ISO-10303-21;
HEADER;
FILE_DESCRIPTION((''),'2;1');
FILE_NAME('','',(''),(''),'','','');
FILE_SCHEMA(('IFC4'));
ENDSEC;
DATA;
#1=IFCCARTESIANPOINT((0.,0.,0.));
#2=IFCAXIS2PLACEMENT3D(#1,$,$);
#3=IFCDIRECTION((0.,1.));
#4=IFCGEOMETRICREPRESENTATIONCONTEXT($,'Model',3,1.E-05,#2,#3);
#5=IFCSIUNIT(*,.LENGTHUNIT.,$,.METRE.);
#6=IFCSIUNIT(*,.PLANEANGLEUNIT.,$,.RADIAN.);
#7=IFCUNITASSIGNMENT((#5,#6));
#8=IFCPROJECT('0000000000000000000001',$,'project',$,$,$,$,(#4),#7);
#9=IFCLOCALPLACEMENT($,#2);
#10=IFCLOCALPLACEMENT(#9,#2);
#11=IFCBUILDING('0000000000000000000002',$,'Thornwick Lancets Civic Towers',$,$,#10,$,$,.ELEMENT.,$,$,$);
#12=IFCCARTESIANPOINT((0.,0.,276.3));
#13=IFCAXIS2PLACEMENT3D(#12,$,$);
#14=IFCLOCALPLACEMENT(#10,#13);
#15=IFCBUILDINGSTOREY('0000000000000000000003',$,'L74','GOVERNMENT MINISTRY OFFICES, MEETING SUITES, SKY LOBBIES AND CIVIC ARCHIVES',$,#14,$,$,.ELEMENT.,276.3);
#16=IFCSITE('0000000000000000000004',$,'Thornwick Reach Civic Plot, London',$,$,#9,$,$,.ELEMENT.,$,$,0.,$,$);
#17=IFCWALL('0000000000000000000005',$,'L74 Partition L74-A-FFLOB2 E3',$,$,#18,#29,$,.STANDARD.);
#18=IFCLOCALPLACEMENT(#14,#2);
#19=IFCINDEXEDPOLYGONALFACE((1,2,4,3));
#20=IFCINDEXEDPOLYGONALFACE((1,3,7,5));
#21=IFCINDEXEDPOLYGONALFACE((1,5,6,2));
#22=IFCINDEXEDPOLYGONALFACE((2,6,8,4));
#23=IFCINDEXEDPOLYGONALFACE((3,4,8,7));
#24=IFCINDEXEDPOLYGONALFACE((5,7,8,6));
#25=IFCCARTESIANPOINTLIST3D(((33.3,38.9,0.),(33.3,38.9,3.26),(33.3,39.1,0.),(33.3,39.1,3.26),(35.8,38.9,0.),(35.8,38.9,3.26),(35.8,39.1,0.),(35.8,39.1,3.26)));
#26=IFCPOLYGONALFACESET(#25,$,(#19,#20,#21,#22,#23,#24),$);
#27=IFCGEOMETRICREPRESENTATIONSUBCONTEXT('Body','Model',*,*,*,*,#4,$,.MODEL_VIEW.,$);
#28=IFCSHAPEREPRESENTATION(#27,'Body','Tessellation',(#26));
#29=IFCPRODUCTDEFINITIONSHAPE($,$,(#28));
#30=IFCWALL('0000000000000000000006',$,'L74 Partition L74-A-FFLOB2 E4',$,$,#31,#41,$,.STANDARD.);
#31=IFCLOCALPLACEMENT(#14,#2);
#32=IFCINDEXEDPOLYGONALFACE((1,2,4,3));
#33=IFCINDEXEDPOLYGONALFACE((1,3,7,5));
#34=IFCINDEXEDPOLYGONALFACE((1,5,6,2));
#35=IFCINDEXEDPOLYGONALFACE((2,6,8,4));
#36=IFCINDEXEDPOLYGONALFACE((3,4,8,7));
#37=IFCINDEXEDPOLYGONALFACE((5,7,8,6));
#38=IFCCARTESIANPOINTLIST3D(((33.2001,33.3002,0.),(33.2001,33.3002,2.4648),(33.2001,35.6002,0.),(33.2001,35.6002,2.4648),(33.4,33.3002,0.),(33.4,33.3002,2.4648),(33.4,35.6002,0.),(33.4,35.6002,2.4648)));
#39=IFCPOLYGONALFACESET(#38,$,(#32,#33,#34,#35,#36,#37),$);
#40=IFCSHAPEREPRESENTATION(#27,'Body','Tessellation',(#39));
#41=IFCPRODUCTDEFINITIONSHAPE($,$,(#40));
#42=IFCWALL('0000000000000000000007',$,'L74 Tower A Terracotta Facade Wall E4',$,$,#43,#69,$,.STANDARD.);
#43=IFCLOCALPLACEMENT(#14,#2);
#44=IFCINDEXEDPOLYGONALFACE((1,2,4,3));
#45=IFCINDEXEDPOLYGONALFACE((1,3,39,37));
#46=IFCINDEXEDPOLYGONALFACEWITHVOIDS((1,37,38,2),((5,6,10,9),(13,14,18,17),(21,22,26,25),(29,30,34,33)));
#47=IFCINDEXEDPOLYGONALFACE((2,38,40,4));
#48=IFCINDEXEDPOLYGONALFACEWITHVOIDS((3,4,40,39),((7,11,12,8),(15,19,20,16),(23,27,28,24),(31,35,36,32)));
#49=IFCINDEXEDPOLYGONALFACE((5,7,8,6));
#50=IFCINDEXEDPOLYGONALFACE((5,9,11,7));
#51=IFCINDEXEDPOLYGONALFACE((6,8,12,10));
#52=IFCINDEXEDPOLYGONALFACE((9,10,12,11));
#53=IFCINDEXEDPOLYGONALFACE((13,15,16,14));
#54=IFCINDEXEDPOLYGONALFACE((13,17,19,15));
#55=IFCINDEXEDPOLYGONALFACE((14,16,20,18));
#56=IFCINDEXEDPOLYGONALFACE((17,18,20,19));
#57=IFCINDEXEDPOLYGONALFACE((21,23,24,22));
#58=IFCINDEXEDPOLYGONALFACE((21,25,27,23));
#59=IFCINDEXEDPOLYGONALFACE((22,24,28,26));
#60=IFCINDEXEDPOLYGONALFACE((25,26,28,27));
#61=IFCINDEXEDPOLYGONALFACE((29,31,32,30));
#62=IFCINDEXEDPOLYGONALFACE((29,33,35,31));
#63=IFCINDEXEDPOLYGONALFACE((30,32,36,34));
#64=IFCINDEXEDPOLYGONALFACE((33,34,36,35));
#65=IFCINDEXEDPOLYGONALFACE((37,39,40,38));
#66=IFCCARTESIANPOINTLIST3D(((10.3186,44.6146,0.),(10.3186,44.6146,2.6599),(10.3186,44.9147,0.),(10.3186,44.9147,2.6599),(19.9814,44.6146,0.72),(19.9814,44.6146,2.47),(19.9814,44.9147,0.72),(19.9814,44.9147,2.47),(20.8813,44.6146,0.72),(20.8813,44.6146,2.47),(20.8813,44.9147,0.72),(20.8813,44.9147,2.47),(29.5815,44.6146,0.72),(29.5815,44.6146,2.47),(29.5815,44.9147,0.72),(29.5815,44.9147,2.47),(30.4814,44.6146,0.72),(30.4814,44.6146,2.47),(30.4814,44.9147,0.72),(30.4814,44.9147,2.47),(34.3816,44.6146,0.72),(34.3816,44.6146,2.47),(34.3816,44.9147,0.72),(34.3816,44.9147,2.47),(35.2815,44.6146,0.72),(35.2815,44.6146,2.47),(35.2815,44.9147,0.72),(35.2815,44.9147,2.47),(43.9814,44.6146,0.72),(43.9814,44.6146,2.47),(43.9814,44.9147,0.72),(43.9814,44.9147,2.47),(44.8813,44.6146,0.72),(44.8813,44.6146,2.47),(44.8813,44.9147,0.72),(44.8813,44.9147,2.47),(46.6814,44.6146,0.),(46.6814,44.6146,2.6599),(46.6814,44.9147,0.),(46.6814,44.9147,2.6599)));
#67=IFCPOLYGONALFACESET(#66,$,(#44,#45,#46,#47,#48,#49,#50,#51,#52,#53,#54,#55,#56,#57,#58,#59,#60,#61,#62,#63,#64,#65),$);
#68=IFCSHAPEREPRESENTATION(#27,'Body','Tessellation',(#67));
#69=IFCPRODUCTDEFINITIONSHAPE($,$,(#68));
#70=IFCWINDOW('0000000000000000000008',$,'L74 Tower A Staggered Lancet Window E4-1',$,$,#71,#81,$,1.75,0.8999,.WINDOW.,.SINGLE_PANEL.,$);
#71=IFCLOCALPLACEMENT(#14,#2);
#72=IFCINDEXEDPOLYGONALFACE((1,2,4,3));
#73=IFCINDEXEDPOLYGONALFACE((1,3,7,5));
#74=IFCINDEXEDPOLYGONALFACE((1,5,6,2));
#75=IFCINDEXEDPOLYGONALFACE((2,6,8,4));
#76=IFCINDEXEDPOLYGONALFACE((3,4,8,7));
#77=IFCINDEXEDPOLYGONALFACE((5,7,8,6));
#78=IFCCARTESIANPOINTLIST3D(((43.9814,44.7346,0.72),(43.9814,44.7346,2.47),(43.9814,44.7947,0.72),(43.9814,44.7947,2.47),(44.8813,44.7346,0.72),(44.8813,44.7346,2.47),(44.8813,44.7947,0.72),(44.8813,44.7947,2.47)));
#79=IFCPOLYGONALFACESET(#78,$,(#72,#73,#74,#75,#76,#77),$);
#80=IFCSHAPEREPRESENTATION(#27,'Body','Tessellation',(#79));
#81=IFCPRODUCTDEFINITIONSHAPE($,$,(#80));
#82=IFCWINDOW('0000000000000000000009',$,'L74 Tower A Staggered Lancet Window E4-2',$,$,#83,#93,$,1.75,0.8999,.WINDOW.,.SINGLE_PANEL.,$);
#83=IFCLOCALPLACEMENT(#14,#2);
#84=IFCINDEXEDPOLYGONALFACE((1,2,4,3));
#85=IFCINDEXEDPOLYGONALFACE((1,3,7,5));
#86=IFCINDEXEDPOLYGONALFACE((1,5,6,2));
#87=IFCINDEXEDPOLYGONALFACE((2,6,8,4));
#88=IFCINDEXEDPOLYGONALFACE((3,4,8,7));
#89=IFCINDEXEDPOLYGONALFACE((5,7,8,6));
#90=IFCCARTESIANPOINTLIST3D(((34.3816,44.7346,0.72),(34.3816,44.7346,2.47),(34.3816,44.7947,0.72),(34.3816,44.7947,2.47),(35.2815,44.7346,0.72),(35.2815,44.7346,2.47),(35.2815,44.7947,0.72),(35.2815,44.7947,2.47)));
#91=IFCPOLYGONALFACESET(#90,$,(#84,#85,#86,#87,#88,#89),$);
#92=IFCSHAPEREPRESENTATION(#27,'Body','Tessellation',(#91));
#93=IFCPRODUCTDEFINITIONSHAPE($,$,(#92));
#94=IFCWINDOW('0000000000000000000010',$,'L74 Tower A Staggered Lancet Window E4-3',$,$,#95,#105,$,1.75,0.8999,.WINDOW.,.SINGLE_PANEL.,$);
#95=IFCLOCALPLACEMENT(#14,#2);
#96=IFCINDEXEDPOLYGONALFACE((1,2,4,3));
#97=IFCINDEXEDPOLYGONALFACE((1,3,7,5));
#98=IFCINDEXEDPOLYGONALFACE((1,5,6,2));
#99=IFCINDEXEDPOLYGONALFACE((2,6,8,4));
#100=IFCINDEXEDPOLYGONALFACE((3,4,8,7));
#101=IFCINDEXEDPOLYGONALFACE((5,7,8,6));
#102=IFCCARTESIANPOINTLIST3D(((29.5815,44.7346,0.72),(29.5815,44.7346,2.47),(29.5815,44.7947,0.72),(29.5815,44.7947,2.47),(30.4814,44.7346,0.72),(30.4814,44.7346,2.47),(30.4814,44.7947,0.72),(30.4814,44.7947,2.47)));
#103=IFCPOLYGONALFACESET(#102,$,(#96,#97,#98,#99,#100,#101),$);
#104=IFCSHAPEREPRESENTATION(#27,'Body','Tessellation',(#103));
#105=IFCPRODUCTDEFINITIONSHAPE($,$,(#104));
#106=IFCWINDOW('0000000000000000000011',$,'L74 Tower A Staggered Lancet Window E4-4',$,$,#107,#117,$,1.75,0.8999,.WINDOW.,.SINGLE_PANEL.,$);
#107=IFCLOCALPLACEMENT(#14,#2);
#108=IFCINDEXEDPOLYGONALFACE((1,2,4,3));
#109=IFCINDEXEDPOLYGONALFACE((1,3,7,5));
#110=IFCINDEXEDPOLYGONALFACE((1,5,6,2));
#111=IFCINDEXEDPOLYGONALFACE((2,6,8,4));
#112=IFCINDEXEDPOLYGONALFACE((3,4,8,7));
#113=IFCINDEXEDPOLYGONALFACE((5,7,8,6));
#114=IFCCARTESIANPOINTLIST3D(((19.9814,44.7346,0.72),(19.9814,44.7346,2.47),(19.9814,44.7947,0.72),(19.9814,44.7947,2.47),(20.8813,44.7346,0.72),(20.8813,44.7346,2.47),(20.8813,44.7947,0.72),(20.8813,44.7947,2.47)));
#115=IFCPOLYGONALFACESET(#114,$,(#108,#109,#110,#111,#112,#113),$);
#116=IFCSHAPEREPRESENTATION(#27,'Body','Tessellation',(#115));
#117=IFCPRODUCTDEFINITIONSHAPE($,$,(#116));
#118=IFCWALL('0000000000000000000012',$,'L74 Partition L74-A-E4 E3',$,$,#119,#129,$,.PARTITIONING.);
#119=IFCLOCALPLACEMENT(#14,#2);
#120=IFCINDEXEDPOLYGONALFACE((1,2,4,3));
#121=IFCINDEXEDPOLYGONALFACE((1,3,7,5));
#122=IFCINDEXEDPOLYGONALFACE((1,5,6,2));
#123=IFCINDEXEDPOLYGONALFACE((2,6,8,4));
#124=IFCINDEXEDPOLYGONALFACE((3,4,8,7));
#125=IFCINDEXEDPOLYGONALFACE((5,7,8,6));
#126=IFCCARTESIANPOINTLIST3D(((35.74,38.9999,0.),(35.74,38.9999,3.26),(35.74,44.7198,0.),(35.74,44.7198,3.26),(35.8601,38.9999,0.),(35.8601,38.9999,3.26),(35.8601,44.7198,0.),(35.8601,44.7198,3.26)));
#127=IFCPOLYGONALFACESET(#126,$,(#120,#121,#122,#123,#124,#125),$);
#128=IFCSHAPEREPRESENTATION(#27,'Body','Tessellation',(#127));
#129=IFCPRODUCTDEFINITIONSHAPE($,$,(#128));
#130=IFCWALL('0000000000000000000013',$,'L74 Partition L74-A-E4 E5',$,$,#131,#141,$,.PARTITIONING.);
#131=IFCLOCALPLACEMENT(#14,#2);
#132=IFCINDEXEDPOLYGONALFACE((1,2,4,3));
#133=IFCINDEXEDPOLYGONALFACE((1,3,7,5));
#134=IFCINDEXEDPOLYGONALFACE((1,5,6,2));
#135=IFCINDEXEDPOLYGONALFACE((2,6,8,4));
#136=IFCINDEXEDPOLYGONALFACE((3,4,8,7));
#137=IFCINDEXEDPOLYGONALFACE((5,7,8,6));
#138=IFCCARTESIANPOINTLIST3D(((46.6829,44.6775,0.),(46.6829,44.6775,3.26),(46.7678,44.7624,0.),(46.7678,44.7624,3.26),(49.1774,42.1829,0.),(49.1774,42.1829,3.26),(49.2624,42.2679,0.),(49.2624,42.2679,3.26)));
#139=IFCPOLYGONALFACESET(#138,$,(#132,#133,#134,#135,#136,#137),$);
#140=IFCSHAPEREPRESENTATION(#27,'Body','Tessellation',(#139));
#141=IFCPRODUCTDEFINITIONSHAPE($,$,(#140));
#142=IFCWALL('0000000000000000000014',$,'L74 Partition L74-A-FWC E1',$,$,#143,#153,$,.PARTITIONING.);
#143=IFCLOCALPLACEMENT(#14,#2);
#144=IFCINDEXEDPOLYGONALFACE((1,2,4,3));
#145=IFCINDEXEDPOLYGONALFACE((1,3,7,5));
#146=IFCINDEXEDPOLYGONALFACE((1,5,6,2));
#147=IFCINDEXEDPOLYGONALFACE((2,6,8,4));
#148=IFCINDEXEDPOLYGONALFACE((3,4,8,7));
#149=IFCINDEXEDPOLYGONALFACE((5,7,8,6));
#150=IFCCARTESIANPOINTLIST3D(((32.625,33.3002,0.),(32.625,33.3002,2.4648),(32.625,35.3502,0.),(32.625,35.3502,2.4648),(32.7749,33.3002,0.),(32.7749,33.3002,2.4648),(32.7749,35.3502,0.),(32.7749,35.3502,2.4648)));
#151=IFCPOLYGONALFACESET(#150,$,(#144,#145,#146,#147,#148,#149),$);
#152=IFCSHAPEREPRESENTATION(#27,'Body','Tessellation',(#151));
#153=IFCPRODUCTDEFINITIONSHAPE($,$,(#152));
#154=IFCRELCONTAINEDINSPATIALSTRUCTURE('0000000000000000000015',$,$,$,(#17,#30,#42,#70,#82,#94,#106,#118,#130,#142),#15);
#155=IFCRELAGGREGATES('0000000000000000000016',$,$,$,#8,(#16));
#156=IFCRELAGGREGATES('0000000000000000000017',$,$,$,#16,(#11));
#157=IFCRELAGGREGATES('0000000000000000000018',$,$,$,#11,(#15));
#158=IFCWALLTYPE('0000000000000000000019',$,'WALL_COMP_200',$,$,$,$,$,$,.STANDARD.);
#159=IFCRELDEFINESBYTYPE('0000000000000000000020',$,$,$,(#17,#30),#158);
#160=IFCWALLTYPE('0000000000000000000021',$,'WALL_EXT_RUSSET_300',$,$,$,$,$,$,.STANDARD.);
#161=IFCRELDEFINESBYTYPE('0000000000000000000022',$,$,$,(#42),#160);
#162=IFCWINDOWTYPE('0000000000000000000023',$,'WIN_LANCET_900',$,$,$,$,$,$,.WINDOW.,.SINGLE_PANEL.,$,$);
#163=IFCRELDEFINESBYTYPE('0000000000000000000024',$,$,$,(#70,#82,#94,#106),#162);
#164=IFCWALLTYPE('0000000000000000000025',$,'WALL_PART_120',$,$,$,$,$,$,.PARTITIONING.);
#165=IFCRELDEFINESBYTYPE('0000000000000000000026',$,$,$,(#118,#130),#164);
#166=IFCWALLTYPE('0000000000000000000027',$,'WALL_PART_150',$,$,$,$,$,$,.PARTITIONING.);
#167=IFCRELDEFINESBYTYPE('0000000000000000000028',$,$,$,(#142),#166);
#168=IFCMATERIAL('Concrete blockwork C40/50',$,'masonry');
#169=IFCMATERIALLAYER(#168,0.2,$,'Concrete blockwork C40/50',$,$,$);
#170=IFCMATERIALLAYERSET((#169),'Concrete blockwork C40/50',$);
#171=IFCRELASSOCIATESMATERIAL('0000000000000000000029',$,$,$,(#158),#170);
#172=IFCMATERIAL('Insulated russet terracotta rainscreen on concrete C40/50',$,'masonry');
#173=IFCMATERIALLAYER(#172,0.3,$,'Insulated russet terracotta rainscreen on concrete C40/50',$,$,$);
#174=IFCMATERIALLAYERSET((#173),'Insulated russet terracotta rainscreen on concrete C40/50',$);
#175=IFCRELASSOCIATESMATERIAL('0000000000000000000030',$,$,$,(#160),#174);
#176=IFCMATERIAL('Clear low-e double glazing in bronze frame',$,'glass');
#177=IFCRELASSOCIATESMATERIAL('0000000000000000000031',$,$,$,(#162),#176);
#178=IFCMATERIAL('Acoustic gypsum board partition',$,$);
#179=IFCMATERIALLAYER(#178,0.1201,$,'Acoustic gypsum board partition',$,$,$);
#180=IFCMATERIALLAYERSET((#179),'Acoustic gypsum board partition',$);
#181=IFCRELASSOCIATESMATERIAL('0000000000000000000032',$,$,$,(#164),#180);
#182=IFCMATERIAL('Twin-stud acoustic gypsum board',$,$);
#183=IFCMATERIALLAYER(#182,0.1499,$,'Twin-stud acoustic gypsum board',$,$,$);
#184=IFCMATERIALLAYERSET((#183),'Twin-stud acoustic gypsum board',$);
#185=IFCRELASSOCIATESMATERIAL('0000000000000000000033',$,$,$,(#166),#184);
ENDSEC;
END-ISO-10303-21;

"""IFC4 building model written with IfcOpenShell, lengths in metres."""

from ifc_helpers import new_model, si_unit, direction, frame, frame_2d, origin, place, context, subcontext, project, spatial, rectangle, extrude, material, layer, layer_set, type_object, element, fill, save


model = new_model("IFC4")

# Units and contexts
model_context = context("Model", 3, precision=1e-05, world=origin(), true_north=direction((0.0, 1.0)))
body_context = subcontext(model_context, "Body", "Model", "MODEL_VIEW")
ifc_project = project(units=[si_unit("LENGTHUNIT", "METRE"), si_unit("PLANEANGLEUNIT", "RADIAN")], contexts=[model_context])

# Site, building, storey
site_placement = place(None, origin())
site = spatial("IfcSite", under=ifc_project, at=site_placement, Name="Thornwick Reach Civic Plot, London", CompositionType="ELEMENT", RefElevation=0.0)
building_placement = place(site_placement, origin())
building = spatial("IfcBuilding", under=site, at=building_placement, Name="Thornwick Lancets Civic Towers", CompositionType="ELEMENT")
storey_placement = place(building_placement, frame((0.0, 0.0, 276.3)))
storey = spatial("IfcBuildingStorey", under=building, at=storey_placement, Name="L74", Description="GOVERNMENT MINISTRY OFFICES, MEETING SUITES, SKY LOBBIES AND CIVIC ARCHIVES", CompositionType="ELEMENT", Elevation=276.3)

# Walls
ifc_material_1 = material(Name="Concrete blockwork C40/50", Category="masonry")
ifc_layer_1 = layer(ifc_material_1, 0.2, Name="Concrete blockwork C40/50")
ifc_layer_set_1 = layer_set([ifc_layer_1], Name="Concrete blockwork C40/50")
wall_type_1 = type_object("IfcWallType", Name="WALL_COMP_200", PredefinedType="STANDARD", material=ifc_layer_set_1)
wall_1_placement = place(storey_placement, frame((35.8, 39.0, 0.0), z_axis=(0.0, 0.0, 1.0), x_axis=(-1.0, 0.0, 0.0)))
element("IfcWall", 1, at=wall_1_placement, inside=storey, type_object=wall_type_1, Name="L74 Partition L74-A-FFLOB2 E3", PredefinedType="STANDARD", context=body_context, shape_type="SweptSolid", body=[
    extrude(rectangle(XDim=2.5, YDim=0.2, at=frame_2d((1.25, 0.0))), origin(), (0.0, 0.0, 1.0), 3.26),
])
wall_2_placement = place(storey_placement, frame((33.3, 35.6001, 0.0), z_axis=(0.0, 0.0, 1.0), x_axis=(0.0, -1.0, 0.0)))
element("IfcWall", 2, at=wall_2_placement, inside=storey, type_object=wall_type_1, Name="L74 Partition L74-A-FFLOB2 E4", PredefinedType="STANDARD", context=body_context, shape_type="SweptSolid", body=[
    extrude(rectangle(XDim=2.3, YDim=0.2, at=frame_2d((1.1499, 0.0))), origin(), (0.0, 0.0, 1.0), 2.4648),
])

# Wall, openings, windows
ifc_material_2 = material(Name="Insulated russet terracotta rainscreen on concrete C40/50", Category="masonry")
ifc_layer_2 = layer(ifc_material_2, 0.3, Name="Insulated russet terracotta rainscreen on concrete C40/50")
ifc_layer_set_2 = layer_set([ifc_layer_2], Name="Insulated russet terracotta rainscreen on concrete C40/50")
wall_type_2 = type_object("IfcWallType", Name="WALL_EXT_RUSSET_300", PredefinedType="STANDARD", material=ifc_layer_set_2)
wall_3_placement = place(storey_placement, frame((46.6814, 44.7646, 0.0), z_axis=(0.0, 0.0, 1.0), x_axis=(-1.0, 0.0, 0.0)))
wall_3 = element("IfcWall", 3, at=wall_3_placement, inside=storey, type_object=wall_type_2, Name="L74 Tower A Terracotta Facade Wall E4", PredefinedType="STANDARD", context=body_context, shape_type="SweptSolid", body=[
    extrude(rectangle(XDim=36.3628, YDim=0.3, at=frame_2d((18.1814, 0.0))), origin(), (0.0, 0.0, 1.0), 2.6599),
])
opening_1_placement = place(wall_3_placement, frame((1.8, 0.0, 0.72)))
opening_1 = element("IfcOpeningElement", 4, at=opening_1_placement, cuts=wall_3, PredefinedType="OPENING", context=body_context, shape_type="SweptSolid", body=[
    extrude(rectangle(XDim=0.8999, YDim=1.75, at=frame_2d((0.45, 0.875))), frame((0.0, 0.1602, 0.0), z_axis=(0.0, -1.0, 0.0), x_axis=(1.0, 0.0, 0.0)), (0.0, 0.0, 1.0), 0.3201),
])
opening_2_placement = place(wall_3_placement, frame((11.3999, 0.0, 0.72)))
opening_2 = element("IfcOpeningElement", 5, at=opening_2_placement, cuts=wall_3, PredefinedType="OPENING", context=body_context, shape_type="SweptSolid", body=[
    extrude(rectangle(XDim=0.8999, YDim=1.75, at=frame_2d((0.45, 0.875))), frame((0.0, 0.1602, 0.0), z_axis=(0.0, -1.0, 0.0), x_axis=(1.0, 0.0, 0.0)), (0.0, 0.0, 1.0), 0.3201),
])
opening_3_placement = place(wall_3_placement, frame((16.2, 0.0, 0.72)))
opening_3 = element("IfcOpeningElement", 6, at=opening_3_placement, cuts=wall_3, PredefinedType="OPENING", context=body_context, shape_type="SweptSolid", body=[
    extrude(rectangle(XDim=0.8999, YDim=1.75, at=frame_2d((0.45, 0.875))), frame((0.0, 0.1602, 0.0), z_axis=(0.0, -1.0, 0.0), x_axis=(1.0, 0.0, 0.0)), (0.0, 0.0, 1.0), 0.3201),
])
opening_4_placement = place(wall_3_placement, frame((25.8, 0.0, 0.72)))
opening_4 = element("IfcOpeningElement", 7, at=opening_4_placement, cuts=wall_3, PredefinedType="OPENING", context=body_context, shape_type="SweptSolid", body=[
    extrude(rectangle(XDim=0.8999, YDim=1.75, at=frame_2d((0.45, 0.875))), frame((0.0, 0.1602, 0.0), z_axis=(0.0, -1.0, 0.0), x_axis=(1.0, 0.0, 0.0)), (0.0, 0.0, 1.0), 0.3201),
])
ifc_material_3 = material(Name="Clear low-e double glazing in bronze frame", Category="glass")
window_type = type_object("IfcWindowType", Name="WIN_LANCET_900", PartitioningType="SINGLE_PANEL", PredefinedType="WINDOW", material=ifc_material_3)
window_1_placement = place(opening_1_placement, origin())
window_1 = element("IfcWindow", 8, at=window_1_placement, inside=storey, type_object=window_type, Name="L74 Tower A Staggered Lancet Window E4-1", OverallHeight=1.75, OverallWidth=0.8999, PartitioningType="SINGLE_PANEL", PredefinedType="WINDOW", context=body_context, shape_type="SweptSolid", body=[
    extrude(rectangle(XDim=0.8999, YDim=1.75, at=frame_2d((0.45, 0.875))), frame((0.0, 0.03, 0.0), z_axis=(0.0, -1.0, 0.0), x_axis=(1.0, 0.0, 0.0)), (0.0, 0.0, 1.0), 0.0601),
])
fill(opening_1, window_1)
window_2_placement = place(opening_2_placement, origin())
window_2 = element("IfcWindow", 9, at=window_2_placement, inside=storey, type_object=window_type, Name="L74 Tower A Staggered Lancet Window E4-2", OverallHeight=1.75, OverallWidth=0.8999, PartitioningType="SINGLE_PANEL", PredefinedType="WINDOW", context=body_context, shape_type="SweptSolid", body=[
    extrude(rectangle(XDim=0.8999, YDim=1.75, at=frame_2d((0.45, 0.875))), frame((0.0, 0.03, 0.0), z_axis=(0.0, -1.0, 0.0), x_axis=(1.0, 0.0, 0.0)), (0.0, 0.0, 1.0), 0.0601),
])
fill(opening_2, window_2)
window_3_placement = place(opening_3_placement, origin())
window_3 = element("IfcWindow", 10, at=window_3_placement, inside=storey, type_object=window_type, Name="L74 Tower A Staggered Lancet Window E4-3", OverallHeight=1.75, OverallWidth=0.8999, PartitioningType="SINGLE_PANEL", PredefinedType="WINDOW", context=body_context, shape_type="SweptSolid", body=[
    extrude(rectangle(XDim=0.8999, YDim=1.75, at=frame_2d((0.45, 0.875))), frame((0.0, 0.03, 0.0), z_axis=(0.0, -1.0, 0.0), x_axis=(1.0, 0.0, 0.0)), (0.0, 0.0, 1.0), 0.0601),
])
fill(opening_3, window_3)
window_4_placement = place(opening_4_placement, origin())
window_4 = element("IfcWindow", 11, at=window_4_placement, inside=storey, type_object=window_type, Name="L74 Tower A Staggered Lancet Window E4-4", OverallHeight=1.75, OverallWidth=0.8999, PartitioningType="SINGLE_PANEL", PredefinedType="WINDOW", context=body_context, shape_type="SweptSolid", body=[
    extrude(rectangle(XDim=0.8999, YDim=1.75, at=frame_2d((0.45, 0.875))), frame((0.0, 0.03, 0.0), z_axis=(0.0, -1.0, 0.0), x_axis=(1.0, 0.0, 0.0)), (0.0, 0.0, 1.0), 0.0601),
])
fill(opening_4, window_4)

# Walls
ifc_material_4 = material(Name="Acoustic gypsum board partition")
ifc_layer_3 = layer(ifc_material_4, 0.1201, Name="Acoustic gypsum board partition")
ifc_layer_set_3 = layer_set([ifc_layer_3], Name="Acoustic gypsum board partition")
wall_type_3 = type_object("IfcWallType", Name="WALL_PART_120", PredefinedType="PARTITIONING", material=ifc_layer_set_3)
wall_4_placement = place(storey_placement, frame((35.8, 39.0, 0.0), z_axis=(0.0, 0.0, 1.0), x_axis=(0.0, 1.0, 0.0)))
element("IfcWall", 12, at=wall_4_placement, inside=storey, type_object=wall_type_3, Name="L74 Partition L74-A-E4 E3", PredefinedType="PARTITIONING", context=body_context, shape_type="SweptSolid", body=[
    extrude(rectangle(XDim=5.72, YDim=0.1201, at=frame_2d((2.8599, 0.0))), origin(), (0.0, 0.0, 1.0), 3.26),
])
wall_5_placement = place(storey_placement, frame((46.7253, 44.72, 0.0), z_axis=(0.0, 0.0, 1.0), x_axis=(0.707107, -0.707107, 0.0)))
element("IfcWall", 13, at=wall_5_placement, inside=storey, type_object=wall_type_3, Name="L74 Partition L74-A-E4 E5", PredefinedType="PARTITIONING", context=body_context, shape_type="SweptSolid", body=[
    extrude(rectangle(XDim=3.5278, YDim=0.1201, at=frame_2d((1.7639, 0.0))), origin(), (0.0, 0.0, 1.0), 3.26),
])
ifc_material_5 = material(Name="Twin-stud acoustic gypsum board")
ifc_layer_4 = layer(ifc_material_5, 0.1499, Name="Twin-stud acoustic gypsum board")
ifc_layer_set_4 = layer_set([ifc_layer_4], Name="Twin-stud acoustic gypsum board")
wall_type_4 = type_object("IfcWallType", Name="WALL_PART_150", PredefinedType="PARTITIONING", material=ifc_layer_set_4)
wall_6_placement = place(storey_placement, frame((32.7, 35.3501, 0.0), z_axis=(0.0, 0.0, 1.0), x_axis=(0.0, -1.0, 0.0)))
element("IfcWall", 14, at=wall_6_placement, inside=storey, type_object=wall_type_4, Name="L74 Partition L74-A-FWC E1", PredefinedType="PARTITIONING", context=body_context, shape_type="SweptSolid", body=[
    extrude(rectangle(XDim=2.05, YDim=0.1499, at=frame_2d((1.0249, 0.0))), origin(), (0.0, 0.0, 1.0), 2.4648),
])

save(model, "model.ifc")
